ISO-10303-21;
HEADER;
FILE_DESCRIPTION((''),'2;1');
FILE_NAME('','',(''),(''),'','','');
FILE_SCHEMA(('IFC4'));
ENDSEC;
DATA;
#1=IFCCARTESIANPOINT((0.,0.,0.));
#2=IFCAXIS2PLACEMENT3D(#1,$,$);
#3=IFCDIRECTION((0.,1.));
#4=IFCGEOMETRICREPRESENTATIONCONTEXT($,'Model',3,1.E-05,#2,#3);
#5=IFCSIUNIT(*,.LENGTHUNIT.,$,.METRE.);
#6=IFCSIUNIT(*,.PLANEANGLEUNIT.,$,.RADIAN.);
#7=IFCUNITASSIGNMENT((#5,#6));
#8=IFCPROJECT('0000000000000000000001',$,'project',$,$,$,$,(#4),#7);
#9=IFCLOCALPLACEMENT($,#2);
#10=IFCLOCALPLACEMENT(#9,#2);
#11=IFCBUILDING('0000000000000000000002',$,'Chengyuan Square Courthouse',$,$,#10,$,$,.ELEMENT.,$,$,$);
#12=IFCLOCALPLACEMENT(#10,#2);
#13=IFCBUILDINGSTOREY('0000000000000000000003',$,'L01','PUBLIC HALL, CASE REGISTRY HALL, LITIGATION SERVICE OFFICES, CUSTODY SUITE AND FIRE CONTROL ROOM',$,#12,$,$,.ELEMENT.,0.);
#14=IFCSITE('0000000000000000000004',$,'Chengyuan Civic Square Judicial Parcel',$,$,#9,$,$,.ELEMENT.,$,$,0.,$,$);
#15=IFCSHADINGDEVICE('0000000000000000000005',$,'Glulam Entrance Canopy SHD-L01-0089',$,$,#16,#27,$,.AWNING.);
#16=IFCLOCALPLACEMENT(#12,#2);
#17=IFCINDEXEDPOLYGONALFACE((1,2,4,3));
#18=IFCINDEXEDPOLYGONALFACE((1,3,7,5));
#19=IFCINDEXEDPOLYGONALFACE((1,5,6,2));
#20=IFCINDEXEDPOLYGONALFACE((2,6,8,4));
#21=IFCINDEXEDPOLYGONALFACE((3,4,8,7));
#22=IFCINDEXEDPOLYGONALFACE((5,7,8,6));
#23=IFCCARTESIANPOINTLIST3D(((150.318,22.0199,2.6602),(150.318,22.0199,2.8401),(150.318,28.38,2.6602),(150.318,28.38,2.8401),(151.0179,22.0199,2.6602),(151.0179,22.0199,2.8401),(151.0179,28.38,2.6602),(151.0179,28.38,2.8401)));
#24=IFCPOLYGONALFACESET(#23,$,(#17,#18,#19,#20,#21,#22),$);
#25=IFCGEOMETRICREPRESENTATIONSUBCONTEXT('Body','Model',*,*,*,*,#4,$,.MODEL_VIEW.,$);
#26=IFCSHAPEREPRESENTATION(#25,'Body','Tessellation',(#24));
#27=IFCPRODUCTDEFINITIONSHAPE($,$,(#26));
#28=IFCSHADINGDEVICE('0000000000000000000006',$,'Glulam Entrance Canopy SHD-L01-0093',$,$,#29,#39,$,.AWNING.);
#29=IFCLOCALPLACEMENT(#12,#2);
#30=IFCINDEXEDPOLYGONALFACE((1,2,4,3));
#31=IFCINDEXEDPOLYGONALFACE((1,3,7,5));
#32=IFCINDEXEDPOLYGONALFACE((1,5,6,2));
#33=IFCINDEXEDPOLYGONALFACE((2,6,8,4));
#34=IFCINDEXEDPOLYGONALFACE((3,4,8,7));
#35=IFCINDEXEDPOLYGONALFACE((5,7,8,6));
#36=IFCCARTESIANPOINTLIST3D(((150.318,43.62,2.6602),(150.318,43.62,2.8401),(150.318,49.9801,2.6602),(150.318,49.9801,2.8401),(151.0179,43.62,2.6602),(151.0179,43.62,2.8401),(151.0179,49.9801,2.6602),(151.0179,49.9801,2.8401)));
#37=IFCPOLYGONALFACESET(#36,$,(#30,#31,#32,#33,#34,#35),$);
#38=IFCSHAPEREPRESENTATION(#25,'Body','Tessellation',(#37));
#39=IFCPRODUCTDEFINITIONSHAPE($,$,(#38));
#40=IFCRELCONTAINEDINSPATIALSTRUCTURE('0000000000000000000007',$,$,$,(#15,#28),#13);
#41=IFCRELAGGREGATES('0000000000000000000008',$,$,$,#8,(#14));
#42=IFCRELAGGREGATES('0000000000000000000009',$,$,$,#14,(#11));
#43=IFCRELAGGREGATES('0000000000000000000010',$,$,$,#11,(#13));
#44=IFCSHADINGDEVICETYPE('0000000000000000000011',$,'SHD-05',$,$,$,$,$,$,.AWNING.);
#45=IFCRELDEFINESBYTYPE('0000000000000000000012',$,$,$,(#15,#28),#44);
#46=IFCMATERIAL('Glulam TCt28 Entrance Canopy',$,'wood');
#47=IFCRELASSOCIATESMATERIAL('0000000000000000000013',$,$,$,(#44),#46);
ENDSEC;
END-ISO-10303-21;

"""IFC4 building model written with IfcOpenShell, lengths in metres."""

from ifc_helpers import new_model, si_unit, direction, frame, origin, origin_2d, place, context, subcontext, project, spatial, rectangle, extrude, material, type_object, element, save


model = new_model("IFC4")

# Units and contexts
model_context = context("Model", 3, precision=1e-05, world=origin(), true_north=direction((0.0, 1.0)))
body_context = subcontext(model_context, "Body", "Model", "MODEL_VIEW")
ifc_project = project(units=[si_unit("LENGTHUNIT", "METRE"), si_unit("PLANEANGLEUNIT", "RADIAN")], contexts=[model_context])

# Site, building, storey
site_placement = place(None, origin())
site = spatial("IfcSite", under=ifc_project, at=site_placement, Name="Chengyuan Civic Square Judicial Parcel", CompositionType="ELEMENT", RefElevation=0.0)
building_placement = place(site_placement, origin())
building = spatial("IfcBuilding", under=site, at=building_placement, Name="Chengyuan Square Courthouse", CompositionType="ELEMENT")
storey_placement = place(building_placement, origin())
storey = spatial("IfcBuildingStorey", under=building, at=storey_placement, Name="L01", Description="PUBLIC HALL, CASE REGISTRY HALL, LITIGATION SERVICE OFFICES, CUSTODY SUITE AND FIRE CONTROL ROOM", CompositionType="ELEMENT", Elevation=0.0)

# Shading devices
ifc_material_1 = material(Name="Glulam TCt28 Entrance Canopy", Category="wood")
shading_device_type_1 = type_object("IfcShadingDeviceType", Name="SHD-05", PredefinedType="AWNING", material=ifc_material_1)
for number, where, z_axis, x_axis, name in (
    (1, (150.668, 25.2, 2.6602), (0.0, 0.0, 1.0), (0.0, 1.0, 0.0), "Glulam Entrance Canopy SHD-L01-0089"),
    (2, (150.668, 46.8, 2.6602), (0.0, 0.0, 1.0), (0.0, 1.0, 0.0), "Glulam Entrance Canopy SHD-L01-0093"),
):
    element("IfcShadingDevice", number, at=place(storey_placement, frame(where, z_axis=z_axis, x_axis=x_axis)), inside=storey, type_object=shading_device_type_1, Name=name, PredefinedType="AWNING", context=body_context, shape_type="SweptSolid", body=[
        extrude(rectangle(XDim=6.3601, YDim=0.7, at=origin_2d()), origin(), (0.0, 0.0, 1.0), 0.1799),
    ])

save(model, "model.ifc")
